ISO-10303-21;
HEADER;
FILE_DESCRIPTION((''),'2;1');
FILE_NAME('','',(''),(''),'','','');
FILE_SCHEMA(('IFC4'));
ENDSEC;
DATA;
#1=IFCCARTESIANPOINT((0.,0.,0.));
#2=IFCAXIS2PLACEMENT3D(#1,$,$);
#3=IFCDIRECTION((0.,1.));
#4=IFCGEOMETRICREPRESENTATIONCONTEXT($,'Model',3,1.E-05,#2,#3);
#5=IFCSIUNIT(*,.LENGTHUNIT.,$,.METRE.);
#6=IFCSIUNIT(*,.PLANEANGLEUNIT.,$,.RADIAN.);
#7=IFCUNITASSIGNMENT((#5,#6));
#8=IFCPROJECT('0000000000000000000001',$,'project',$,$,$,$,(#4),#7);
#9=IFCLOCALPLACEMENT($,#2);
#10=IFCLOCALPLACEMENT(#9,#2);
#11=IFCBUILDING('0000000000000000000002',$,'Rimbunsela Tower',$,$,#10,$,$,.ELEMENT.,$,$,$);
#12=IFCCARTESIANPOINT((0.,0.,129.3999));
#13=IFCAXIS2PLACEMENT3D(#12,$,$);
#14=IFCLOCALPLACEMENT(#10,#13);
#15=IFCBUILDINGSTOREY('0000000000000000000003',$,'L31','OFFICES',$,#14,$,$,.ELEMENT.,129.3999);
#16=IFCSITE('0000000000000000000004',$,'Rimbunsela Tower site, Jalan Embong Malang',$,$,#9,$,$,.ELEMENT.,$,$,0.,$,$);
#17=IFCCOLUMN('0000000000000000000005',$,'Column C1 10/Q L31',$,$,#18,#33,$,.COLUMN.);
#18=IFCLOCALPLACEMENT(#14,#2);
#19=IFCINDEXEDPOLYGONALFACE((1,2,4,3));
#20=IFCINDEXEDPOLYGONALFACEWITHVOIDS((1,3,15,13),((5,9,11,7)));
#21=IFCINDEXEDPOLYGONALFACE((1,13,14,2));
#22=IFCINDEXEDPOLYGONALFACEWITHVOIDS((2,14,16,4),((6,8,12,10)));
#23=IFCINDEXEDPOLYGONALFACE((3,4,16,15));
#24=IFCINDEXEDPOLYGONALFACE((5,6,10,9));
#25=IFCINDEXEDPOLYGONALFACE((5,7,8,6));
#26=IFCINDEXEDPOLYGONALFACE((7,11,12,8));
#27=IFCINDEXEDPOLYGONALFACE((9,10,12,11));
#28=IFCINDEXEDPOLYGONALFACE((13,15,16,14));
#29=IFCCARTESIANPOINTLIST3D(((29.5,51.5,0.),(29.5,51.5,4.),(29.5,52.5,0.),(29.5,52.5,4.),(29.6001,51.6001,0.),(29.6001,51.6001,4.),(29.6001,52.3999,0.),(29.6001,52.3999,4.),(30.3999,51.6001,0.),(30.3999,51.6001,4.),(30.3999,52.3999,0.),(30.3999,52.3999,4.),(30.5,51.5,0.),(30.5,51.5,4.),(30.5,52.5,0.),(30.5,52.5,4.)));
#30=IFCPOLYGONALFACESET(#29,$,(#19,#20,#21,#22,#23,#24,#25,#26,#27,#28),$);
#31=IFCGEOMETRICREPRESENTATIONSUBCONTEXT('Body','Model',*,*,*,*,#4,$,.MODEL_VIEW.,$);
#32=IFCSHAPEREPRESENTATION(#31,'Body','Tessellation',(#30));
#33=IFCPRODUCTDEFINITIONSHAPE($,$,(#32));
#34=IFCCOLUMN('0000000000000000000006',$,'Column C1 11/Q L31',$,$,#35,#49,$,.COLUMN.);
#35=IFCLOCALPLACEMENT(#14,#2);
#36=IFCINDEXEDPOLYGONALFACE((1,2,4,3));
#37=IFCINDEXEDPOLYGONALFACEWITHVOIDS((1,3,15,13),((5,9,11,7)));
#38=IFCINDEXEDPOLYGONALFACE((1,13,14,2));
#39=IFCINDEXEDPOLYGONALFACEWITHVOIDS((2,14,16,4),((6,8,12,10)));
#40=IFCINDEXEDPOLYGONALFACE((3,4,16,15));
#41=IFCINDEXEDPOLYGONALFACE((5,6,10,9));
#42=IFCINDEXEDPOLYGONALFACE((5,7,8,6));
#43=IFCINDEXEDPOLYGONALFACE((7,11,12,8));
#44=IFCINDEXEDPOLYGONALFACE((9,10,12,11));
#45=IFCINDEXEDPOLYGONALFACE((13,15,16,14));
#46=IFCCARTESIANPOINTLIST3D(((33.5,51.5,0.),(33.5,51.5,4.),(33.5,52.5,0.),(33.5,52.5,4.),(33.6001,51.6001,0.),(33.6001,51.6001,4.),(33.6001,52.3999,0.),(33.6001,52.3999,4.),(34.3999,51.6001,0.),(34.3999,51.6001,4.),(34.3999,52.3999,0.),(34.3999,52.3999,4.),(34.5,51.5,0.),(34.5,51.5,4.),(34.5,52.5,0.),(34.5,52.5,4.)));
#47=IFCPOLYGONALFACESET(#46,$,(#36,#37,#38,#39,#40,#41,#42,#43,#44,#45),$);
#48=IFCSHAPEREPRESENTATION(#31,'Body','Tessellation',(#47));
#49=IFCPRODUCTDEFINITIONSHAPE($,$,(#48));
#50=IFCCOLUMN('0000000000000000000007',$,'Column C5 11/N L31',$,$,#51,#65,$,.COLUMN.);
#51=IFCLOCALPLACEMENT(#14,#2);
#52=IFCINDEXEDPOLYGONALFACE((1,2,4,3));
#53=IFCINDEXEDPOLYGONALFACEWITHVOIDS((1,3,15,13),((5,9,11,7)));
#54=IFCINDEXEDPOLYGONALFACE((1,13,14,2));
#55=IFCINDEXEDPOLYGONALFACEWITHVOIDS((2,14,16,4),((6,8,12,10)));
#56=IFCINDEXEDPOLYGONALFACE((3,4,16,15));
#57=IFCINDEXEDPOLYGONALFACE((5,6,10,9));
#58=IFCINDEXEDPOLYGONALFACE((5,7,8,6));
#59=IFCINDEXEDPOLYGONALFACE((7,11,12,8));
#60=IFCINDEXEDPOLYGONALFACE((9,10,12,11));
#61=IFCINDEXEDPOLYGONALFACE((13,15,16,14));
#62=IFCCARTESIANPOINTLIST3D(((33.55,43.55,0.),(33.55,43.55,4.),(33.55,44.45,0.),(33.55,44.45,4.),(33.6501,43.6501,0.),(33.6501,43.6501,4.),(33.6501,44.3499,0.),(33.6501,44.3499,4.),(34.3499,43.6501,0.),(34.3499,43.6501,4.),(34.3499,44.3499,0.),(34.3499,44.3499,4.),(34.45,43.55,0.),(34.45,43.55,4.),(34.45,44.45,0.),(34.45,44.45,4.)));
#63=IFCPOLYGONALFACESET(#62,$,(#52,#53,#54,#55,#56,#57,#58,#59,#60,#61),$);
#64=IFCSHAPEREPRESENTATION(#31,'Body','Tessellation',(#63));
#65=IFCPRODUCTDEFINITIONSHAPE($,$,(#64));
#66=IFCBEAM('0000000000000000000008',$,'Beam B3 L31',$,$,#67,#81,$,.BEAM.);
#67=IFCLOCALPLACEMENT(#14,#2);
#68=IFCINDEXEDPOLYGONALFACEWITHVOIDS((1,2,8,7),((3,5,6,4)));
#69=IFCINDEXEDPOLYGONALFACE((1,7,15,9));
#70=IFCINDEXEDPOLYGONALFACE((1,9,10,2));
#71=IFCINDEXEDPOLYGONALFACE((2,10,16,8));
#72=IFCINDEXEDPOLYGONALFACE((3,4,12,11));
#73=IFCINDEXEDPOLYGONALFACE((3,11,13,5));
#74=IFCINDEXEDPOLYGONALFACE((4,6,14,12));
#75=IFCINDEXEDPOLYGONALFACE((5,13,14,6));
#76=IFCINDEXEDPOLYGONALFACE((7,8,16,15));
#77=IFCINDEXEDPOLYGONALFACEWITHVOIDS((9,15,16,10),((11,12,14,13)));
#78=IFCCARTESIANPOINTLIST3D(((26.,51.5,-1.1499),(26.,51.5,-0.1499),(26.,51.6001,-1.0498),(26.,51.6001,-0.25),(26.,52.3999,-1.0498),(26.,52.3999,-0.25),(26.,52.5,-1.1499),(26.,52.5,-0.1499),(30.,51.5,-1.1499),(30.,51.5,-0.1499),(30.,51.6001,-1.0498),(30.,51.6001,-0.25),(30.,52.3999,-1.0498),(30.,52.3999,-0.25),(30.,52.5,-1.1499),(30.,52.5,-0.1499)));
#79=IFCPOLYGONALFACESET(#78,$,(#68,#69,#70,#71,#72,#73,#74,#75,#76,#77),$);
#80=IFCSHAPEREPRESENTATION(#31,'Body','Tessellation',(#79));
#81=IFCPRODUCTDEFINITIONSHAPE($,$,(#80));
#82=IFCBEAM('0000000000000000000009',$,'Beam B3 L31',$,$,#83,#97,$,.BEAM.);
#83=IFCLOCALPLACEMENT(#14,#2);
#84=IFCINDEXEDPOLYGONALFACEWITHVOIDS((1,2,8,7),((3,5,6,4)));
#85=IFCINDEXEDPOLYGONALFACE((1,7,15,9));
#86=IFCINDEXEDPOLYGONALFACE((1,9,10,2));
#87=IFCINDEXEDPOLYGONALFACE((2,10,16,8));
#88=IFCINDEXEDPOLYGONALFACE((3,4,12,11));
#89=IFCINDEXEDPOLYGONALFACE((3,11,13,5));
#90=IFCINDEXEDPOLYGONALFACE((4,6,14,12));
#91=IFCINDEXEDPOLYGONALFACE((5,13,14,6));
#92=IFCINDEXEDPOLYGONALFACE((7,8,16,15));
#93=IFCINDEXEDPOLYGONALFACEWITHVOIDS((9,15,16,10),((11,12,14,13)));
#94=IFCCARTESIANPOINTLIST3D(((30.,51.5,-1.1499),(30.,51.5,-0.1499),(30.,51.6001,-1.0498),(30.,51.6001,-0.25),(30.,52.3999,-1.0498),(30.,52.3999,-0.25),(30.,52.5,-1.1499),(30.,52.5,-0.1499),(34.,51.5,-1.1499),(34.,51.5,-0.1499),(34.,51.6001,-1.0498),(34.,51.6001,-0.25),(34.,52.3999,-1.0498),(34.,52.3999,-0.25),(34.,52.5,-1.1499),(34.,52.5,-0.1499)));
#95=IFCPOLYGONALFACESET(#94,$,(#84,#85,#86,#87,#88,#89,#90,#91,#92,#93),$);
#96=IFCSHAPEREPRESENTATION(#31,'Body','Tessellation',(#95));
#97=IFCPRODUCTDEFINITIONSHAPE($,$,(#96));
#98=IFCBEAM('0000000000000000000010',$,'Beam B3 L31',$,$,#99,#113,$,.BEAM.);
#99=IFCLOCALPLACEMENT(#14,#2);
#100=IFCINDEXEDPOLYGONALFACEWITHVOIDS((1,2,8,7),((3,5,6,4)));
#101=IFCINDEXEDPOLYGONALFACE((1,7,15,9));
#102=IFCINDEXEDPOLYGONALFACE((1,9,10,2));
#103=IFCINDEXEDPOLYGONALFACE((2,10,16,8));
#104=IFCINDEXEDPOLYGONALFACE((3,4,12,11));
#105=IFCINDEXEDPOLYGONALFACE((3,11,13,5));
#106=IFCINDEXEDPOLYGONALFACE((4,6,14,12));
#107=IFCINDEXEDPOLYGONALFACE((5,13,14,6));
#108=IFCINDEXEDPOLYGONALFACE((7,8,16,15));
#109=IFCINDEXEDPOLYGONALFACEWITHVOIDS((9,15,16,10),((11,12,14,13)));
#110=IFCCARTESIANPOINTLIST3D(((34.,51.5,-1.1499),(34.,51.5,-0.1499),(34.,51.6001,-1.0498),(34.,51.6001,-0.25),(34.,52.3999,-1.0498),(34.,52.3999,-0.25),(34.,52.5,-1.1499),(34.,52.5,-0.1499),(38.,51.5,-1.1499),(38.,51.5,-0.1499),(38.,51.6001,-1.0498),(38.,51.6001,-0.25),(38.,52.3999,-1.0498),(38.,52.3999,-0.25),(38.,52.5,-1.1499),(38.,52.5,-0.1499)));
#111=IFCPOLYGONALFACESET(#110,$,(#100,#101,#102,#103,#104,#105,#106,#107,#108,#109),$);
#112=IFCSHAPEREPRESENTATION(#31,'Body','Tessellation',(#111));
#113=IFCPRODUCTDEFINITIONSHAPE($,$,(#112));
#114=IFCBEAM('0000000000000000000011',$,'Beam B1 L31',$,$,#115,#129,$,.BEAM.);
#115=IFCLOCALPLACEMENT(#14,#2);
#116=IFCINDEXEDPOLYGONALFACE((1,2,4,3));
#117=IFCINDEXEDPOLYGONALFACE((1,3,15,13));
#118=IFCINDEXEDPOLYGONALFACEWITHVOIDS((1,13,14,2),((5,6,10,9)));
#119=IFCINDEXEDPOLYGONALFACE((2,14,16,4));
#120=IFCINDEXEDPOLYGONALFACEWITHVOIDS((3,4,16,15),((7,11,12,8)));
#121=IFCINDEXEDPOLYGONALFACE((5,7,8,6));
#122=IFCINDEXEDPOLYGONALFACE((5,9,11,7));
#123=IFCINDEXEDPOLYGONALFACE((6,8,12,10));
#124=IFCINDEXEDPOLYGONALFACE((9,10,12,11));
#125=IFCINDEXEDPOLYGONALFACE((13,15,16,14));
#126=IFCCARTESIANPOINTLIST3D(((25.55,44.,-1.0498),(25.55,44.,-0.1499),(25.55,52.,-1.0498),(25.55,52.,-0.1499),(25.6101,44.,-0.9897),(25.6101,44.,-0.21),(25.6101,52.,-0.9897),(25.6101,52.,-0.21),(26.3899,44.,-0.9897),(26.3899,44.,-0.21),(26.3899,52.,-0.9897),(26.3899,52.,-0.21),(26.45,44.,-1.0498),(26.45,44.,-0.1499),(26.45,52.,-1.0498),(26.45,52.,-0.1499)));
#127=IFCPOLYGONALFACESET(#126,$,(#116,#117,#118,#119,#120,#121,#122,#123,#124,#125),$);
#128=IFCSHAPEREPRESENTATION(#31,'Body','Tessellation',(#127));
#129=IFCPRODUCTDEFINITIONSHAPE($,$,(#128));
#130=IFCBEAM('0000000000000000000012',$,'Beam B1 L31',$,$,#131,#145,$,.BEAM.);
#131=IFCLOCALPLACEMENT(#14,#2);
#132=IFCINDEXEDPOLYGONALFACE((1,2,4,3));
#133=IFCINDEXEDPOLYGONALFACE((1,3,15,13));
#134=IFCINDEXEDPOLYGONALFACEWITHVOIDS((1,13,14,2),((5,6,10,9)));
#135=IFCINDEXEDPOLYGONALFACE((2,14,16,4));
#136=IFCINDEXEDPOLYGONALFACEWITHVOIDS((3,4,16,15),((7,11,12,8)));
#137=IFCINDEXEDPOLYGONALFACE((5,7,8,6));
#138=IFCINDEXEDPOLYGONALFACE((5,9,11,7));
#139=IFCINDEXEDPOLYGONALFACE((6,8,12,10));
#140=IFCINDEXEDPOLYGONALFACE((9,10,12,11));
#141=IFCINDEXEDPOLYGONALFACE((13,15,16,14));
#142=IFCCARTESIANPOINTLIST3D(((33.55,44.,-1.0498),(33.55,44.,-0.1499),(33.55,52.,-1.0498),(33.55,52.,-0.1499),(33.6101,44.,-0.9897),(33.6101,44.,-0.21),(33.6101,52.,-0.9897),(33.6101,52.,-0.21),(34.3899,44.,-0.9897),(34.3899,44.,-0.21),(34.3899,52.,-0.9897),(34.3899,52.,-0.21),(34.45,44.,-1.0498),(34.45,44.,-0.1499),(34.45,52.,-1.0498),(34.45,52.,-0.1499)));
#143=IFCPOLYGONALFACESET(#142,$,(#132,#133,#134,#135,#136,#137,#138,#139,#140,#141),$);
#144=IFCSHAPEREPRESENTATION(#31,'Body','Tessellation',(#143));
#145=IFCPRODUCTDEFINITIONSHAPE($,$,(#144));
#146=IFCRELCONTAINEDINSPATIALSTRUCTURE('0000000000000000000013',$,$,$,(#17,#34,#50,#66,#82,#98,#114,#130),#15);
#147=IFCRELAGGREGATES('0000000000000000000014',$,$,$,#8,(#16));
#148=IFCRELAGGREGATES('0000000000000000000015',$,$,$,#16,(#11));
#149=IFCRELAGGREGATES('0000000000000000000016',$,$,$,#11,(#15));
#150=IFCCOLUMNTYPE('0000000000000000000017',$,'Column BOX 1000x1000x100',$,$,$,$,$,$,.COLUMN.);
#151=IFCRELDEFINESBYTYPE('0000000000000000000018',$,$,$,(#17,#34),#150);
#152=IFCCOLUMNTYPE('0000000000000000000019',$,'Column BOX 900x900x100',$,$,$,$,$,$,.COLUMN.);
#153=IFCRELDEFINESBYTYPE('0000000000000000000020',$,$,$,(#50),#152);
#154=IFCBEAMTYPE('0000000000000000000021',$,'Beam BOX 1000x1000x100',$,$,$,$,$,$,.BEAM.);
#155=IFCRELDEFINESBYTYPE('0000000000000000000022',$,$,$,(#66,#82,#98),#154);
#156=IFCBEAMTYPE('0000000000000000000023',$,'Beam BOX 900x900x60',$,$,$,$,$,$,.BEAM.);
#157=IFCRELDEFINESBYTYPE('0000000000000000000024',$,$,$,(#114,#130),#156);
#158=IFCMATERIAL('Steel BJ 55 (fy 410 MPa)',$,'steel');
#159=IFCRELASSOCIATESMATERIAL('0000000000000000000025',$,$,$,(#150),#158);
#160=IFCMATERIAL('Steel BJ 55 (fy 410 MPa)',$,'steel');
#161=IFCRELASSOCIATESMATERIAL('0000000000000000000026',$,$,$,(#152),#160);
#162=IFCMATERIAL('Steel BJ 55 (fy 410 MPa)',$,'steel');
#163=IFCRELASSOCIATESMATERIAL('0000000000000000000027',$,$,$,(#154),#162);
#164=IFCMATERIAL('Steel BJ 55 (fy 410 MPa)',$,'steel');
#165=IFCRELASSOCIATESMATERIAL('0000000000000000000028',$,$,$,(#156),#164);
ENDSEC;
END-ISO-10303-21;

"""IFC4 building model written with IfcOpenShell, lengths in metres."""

from ifc_helpers import new_model, si_unit, direction, frame, origin, origin_2d, place, context, subcontext, project, spatial, hollow_rectangle, extrude, material, material_profile, profile_set, type_object, element, save


model = new_model("IFC4")

# Units and contexts
model_context = context("Model", 3, precision=1e-05, world=origin(), true_north=direction((0.0, 1.0)))
body_context = subcontext(model_context, "Body", "Model", "MODEL_VIEW")
ifc_project = project(units=[si_unit("LENGTHUNIT", "METRE"), si_unit("PLANEANGLEUNIT", "RADIAN")], contexts=[model_context])

# Site, building, storey
site_placement = place(None, origin())
site = spatial("IfcSite", under=ifc_project, at=site_placement, Name="Rimbunsela Tower site, Jalan Embong Malang", CompositionType="ELEMENT", RefElevation=0.0)
building_placement = place(site_placement, origin())
building = spatial("IfcBuilding", under=site, at=building_placement, Name="Rimbunsela Tower", CompositionType="ELEMENT")
storey_placement = place(building_placement, frame((0.0, 0.0, 129.3999)))
storey = spatial("IfcBuildingStorey", under=building, at=storey_placement, Name="L31", Description="OFFICES", CompositionType="ELEMENT", Elevation=129.3999)

# Columns
ifc_material_1 = material(Name="Steel BJ 55 (fy 410 MPa)", Category="steel")
ifc_material_profile_1 = material_profile(ifc_material_1, hollow_rectangle(XDim=1.0, YDim=1.0, WallThickness=0.1001, at=origin_2d()), Name="BOX 1000x1000x100")
ifc_profile_set_1 = profile_set([ifc_material_profile_1], Name="Steel BJ 55 (fy 410 MPa)")
column_type_1 = type_object("IfcColumnType", Name="Column BOX 1000x1000x100", PredefinedType="COLUMN", material=ifc_profile_set_1)
for number, where, z_axis, x_axis, name in (
    (1, (30.0, 52.0, 0.0), (0.0, 0.0, 1.0), (1.0, 0.0, 0.0), "Column C1 10/Q L31"),
    (2, (34.0, 52.0, 0.0), (0.0, 0.0, 1.0), (1.0, 0.0, 0.0), "Column C1 11/Q L31"),
):
    element("IfcColumn", number, at=place(storey_placement, frame(where, z_axis=z_axis, x_axis=x_axis)), inside=storey, type_object=column_type_1, Name=name, PredefinedType="COLUMN", context=body_context, shape_type="SweptSolid", body=[
        extrude(hollow_rectangle(XDim=1.0, YDim=1.0, WallThickness=0.1001, at=origin_2d()), origin(), (0.0, 0.0, 1.0), 4.0),
    ])
ifc_material_2 = material(Name="Steel BJ 55 (fy 410 MPa)", Category="steel")
ifc_material_profile_2 = material_profile(ifc_material_2, hollow_rectangle(XDim=0.8999, YDim=0.8999, WallThickness=0.1001, at=origin_2d()), Name="BOX 900x900x100")
ifc_profile_set_2 = profile_set([ifc_material_profile_2], Name="Steel BJ 55 (fy 410 MPa)")
column_type_2 = type_object("IfcColumnType", Name="Column BOX 900x900x100", PredefinedType="COLUMN", material=ifc_profile_set_2)
column_placement = place(storey_placement, frame((34.0, 44.0, 0.0), z_axis=(0.0, 0.0, 1.0), x_axis=(1.0, 0.0, 0.0)))
element("IfcColumn", 3, at=column_placement, inside=storey, type_object=column_type_2, Name="Column C5 11/N L31", PredefinedType="COLUMN", context=body_context, shape_type="SweptSolid", body=[
    extrude(hollow_rectangle(XDim=0.8999, YDim=0.8999, WallThickness=0.1001, at=origin_2d()), origin(), (0.0, 0.0, 1.0), 4.0),
])

# Beams
ifc_material_3 = material(Name="Steel BJ 55 (fy 410 MPa)", Category="steel")
ifc_material_profile_3 = material_profile(ifc_material_3, hollow_rectangle(XDim=1.0, YDim=1.0, WallThickness=0.1001, at=origin_2d()), Name="BOX 1000x1000x100")
ifc_profile_set_3 = profile_set([ifc_material_profile_3], Name="Steel BJ 55 (fy 410 MPa)")
beam_type_1 = type_object("IfcBeamType", Name="Beam BOX 1000x1000x100", PredefinedType="BEAM", material=ifc_profile_set_3)
for number, where, z_axis, x_axis, name in (
    (4, (26.0, 52.0, -0.6499), (1.0, 0.0, 0.0), (0.0, 1.0, 0.0), "Beam B3 L31"),
    (5, (30.0, 52.0, -0.6499), (1.0, 0.0, 0.0), (0.0, 1.0, 0.0), "Beam B3 L31"),
    (6, (34.0, 52.0, -0.6499), (1.0, 0.0, 0.0), (0.0, 1.0, 0.0), "Beam B3 L31"),
):
    element("IfcBeam", number, at=place(storey_placement, frame(where, z_axis=z_axis, x_axis=x_axis)), inside=storey, type_object=beam_type_1, Name=name, PredefinedType="BEAM", context=body_context, shape_type="SweptSolid", body=[
        extrude(hollow_rectangle(XDim=1.0, YDim=1.0, WallThickness=0.1001, at=origin_2d()), origin(), (0.0, 0.0, 1.0), 4.0),
    ])
ifc_material_4 = material(Name="Steel BJ 55 (fy 410 MPa)", Category="steel")
ifc_material_profile_4 = material_profile(ifc_material_4, hollow_rectangle(XDim=0.8999, YDim=0.8999, WallThickness=0.0601, at=origin_2d()), Name="BOX 900x900x60")
ifc_profile_set_4 = profile_set([ifc_material_profile_4], Name="Steel BJ 55 (fy 410 MPa)")
beam_type_2 = type_object("IfcBeamType", Name="Beam BOX 900x900x60", PredefinedType="BEAM", material=ifc_profile_set_4)
for number, where, z_axis, x_axis, name in (
    (7, (26.0, 44.0, -0.5999), (0.0, 1.0, 0.0), (-1.0, 0.0, 0.0), "Beam B1 L31"),
    (8, (34.0, 44.0, -0.5999), (0.0, 1.0, 0.0), (-1.0, 0.0, 0.0), "Beam B1 L31"),
):
    element("IfcBeam", number, at=place(storey_placement, frame(where, z_axis=z_axis, x_axis=x_axis)), inside=storey, type_object=beam_type_2, Name=name, PredefinedType="BEAM", context=body_context, shape_type="SweptSolid", body=[
        extrude(hollow_rectangle(XDim=0.8999, YDim=0.8999, WallThickness=0.0601, at=origin_2d()), origin(), (0.0, 0.0, 1.0), 8.0),
    ])

save(model, "model.ifc")
